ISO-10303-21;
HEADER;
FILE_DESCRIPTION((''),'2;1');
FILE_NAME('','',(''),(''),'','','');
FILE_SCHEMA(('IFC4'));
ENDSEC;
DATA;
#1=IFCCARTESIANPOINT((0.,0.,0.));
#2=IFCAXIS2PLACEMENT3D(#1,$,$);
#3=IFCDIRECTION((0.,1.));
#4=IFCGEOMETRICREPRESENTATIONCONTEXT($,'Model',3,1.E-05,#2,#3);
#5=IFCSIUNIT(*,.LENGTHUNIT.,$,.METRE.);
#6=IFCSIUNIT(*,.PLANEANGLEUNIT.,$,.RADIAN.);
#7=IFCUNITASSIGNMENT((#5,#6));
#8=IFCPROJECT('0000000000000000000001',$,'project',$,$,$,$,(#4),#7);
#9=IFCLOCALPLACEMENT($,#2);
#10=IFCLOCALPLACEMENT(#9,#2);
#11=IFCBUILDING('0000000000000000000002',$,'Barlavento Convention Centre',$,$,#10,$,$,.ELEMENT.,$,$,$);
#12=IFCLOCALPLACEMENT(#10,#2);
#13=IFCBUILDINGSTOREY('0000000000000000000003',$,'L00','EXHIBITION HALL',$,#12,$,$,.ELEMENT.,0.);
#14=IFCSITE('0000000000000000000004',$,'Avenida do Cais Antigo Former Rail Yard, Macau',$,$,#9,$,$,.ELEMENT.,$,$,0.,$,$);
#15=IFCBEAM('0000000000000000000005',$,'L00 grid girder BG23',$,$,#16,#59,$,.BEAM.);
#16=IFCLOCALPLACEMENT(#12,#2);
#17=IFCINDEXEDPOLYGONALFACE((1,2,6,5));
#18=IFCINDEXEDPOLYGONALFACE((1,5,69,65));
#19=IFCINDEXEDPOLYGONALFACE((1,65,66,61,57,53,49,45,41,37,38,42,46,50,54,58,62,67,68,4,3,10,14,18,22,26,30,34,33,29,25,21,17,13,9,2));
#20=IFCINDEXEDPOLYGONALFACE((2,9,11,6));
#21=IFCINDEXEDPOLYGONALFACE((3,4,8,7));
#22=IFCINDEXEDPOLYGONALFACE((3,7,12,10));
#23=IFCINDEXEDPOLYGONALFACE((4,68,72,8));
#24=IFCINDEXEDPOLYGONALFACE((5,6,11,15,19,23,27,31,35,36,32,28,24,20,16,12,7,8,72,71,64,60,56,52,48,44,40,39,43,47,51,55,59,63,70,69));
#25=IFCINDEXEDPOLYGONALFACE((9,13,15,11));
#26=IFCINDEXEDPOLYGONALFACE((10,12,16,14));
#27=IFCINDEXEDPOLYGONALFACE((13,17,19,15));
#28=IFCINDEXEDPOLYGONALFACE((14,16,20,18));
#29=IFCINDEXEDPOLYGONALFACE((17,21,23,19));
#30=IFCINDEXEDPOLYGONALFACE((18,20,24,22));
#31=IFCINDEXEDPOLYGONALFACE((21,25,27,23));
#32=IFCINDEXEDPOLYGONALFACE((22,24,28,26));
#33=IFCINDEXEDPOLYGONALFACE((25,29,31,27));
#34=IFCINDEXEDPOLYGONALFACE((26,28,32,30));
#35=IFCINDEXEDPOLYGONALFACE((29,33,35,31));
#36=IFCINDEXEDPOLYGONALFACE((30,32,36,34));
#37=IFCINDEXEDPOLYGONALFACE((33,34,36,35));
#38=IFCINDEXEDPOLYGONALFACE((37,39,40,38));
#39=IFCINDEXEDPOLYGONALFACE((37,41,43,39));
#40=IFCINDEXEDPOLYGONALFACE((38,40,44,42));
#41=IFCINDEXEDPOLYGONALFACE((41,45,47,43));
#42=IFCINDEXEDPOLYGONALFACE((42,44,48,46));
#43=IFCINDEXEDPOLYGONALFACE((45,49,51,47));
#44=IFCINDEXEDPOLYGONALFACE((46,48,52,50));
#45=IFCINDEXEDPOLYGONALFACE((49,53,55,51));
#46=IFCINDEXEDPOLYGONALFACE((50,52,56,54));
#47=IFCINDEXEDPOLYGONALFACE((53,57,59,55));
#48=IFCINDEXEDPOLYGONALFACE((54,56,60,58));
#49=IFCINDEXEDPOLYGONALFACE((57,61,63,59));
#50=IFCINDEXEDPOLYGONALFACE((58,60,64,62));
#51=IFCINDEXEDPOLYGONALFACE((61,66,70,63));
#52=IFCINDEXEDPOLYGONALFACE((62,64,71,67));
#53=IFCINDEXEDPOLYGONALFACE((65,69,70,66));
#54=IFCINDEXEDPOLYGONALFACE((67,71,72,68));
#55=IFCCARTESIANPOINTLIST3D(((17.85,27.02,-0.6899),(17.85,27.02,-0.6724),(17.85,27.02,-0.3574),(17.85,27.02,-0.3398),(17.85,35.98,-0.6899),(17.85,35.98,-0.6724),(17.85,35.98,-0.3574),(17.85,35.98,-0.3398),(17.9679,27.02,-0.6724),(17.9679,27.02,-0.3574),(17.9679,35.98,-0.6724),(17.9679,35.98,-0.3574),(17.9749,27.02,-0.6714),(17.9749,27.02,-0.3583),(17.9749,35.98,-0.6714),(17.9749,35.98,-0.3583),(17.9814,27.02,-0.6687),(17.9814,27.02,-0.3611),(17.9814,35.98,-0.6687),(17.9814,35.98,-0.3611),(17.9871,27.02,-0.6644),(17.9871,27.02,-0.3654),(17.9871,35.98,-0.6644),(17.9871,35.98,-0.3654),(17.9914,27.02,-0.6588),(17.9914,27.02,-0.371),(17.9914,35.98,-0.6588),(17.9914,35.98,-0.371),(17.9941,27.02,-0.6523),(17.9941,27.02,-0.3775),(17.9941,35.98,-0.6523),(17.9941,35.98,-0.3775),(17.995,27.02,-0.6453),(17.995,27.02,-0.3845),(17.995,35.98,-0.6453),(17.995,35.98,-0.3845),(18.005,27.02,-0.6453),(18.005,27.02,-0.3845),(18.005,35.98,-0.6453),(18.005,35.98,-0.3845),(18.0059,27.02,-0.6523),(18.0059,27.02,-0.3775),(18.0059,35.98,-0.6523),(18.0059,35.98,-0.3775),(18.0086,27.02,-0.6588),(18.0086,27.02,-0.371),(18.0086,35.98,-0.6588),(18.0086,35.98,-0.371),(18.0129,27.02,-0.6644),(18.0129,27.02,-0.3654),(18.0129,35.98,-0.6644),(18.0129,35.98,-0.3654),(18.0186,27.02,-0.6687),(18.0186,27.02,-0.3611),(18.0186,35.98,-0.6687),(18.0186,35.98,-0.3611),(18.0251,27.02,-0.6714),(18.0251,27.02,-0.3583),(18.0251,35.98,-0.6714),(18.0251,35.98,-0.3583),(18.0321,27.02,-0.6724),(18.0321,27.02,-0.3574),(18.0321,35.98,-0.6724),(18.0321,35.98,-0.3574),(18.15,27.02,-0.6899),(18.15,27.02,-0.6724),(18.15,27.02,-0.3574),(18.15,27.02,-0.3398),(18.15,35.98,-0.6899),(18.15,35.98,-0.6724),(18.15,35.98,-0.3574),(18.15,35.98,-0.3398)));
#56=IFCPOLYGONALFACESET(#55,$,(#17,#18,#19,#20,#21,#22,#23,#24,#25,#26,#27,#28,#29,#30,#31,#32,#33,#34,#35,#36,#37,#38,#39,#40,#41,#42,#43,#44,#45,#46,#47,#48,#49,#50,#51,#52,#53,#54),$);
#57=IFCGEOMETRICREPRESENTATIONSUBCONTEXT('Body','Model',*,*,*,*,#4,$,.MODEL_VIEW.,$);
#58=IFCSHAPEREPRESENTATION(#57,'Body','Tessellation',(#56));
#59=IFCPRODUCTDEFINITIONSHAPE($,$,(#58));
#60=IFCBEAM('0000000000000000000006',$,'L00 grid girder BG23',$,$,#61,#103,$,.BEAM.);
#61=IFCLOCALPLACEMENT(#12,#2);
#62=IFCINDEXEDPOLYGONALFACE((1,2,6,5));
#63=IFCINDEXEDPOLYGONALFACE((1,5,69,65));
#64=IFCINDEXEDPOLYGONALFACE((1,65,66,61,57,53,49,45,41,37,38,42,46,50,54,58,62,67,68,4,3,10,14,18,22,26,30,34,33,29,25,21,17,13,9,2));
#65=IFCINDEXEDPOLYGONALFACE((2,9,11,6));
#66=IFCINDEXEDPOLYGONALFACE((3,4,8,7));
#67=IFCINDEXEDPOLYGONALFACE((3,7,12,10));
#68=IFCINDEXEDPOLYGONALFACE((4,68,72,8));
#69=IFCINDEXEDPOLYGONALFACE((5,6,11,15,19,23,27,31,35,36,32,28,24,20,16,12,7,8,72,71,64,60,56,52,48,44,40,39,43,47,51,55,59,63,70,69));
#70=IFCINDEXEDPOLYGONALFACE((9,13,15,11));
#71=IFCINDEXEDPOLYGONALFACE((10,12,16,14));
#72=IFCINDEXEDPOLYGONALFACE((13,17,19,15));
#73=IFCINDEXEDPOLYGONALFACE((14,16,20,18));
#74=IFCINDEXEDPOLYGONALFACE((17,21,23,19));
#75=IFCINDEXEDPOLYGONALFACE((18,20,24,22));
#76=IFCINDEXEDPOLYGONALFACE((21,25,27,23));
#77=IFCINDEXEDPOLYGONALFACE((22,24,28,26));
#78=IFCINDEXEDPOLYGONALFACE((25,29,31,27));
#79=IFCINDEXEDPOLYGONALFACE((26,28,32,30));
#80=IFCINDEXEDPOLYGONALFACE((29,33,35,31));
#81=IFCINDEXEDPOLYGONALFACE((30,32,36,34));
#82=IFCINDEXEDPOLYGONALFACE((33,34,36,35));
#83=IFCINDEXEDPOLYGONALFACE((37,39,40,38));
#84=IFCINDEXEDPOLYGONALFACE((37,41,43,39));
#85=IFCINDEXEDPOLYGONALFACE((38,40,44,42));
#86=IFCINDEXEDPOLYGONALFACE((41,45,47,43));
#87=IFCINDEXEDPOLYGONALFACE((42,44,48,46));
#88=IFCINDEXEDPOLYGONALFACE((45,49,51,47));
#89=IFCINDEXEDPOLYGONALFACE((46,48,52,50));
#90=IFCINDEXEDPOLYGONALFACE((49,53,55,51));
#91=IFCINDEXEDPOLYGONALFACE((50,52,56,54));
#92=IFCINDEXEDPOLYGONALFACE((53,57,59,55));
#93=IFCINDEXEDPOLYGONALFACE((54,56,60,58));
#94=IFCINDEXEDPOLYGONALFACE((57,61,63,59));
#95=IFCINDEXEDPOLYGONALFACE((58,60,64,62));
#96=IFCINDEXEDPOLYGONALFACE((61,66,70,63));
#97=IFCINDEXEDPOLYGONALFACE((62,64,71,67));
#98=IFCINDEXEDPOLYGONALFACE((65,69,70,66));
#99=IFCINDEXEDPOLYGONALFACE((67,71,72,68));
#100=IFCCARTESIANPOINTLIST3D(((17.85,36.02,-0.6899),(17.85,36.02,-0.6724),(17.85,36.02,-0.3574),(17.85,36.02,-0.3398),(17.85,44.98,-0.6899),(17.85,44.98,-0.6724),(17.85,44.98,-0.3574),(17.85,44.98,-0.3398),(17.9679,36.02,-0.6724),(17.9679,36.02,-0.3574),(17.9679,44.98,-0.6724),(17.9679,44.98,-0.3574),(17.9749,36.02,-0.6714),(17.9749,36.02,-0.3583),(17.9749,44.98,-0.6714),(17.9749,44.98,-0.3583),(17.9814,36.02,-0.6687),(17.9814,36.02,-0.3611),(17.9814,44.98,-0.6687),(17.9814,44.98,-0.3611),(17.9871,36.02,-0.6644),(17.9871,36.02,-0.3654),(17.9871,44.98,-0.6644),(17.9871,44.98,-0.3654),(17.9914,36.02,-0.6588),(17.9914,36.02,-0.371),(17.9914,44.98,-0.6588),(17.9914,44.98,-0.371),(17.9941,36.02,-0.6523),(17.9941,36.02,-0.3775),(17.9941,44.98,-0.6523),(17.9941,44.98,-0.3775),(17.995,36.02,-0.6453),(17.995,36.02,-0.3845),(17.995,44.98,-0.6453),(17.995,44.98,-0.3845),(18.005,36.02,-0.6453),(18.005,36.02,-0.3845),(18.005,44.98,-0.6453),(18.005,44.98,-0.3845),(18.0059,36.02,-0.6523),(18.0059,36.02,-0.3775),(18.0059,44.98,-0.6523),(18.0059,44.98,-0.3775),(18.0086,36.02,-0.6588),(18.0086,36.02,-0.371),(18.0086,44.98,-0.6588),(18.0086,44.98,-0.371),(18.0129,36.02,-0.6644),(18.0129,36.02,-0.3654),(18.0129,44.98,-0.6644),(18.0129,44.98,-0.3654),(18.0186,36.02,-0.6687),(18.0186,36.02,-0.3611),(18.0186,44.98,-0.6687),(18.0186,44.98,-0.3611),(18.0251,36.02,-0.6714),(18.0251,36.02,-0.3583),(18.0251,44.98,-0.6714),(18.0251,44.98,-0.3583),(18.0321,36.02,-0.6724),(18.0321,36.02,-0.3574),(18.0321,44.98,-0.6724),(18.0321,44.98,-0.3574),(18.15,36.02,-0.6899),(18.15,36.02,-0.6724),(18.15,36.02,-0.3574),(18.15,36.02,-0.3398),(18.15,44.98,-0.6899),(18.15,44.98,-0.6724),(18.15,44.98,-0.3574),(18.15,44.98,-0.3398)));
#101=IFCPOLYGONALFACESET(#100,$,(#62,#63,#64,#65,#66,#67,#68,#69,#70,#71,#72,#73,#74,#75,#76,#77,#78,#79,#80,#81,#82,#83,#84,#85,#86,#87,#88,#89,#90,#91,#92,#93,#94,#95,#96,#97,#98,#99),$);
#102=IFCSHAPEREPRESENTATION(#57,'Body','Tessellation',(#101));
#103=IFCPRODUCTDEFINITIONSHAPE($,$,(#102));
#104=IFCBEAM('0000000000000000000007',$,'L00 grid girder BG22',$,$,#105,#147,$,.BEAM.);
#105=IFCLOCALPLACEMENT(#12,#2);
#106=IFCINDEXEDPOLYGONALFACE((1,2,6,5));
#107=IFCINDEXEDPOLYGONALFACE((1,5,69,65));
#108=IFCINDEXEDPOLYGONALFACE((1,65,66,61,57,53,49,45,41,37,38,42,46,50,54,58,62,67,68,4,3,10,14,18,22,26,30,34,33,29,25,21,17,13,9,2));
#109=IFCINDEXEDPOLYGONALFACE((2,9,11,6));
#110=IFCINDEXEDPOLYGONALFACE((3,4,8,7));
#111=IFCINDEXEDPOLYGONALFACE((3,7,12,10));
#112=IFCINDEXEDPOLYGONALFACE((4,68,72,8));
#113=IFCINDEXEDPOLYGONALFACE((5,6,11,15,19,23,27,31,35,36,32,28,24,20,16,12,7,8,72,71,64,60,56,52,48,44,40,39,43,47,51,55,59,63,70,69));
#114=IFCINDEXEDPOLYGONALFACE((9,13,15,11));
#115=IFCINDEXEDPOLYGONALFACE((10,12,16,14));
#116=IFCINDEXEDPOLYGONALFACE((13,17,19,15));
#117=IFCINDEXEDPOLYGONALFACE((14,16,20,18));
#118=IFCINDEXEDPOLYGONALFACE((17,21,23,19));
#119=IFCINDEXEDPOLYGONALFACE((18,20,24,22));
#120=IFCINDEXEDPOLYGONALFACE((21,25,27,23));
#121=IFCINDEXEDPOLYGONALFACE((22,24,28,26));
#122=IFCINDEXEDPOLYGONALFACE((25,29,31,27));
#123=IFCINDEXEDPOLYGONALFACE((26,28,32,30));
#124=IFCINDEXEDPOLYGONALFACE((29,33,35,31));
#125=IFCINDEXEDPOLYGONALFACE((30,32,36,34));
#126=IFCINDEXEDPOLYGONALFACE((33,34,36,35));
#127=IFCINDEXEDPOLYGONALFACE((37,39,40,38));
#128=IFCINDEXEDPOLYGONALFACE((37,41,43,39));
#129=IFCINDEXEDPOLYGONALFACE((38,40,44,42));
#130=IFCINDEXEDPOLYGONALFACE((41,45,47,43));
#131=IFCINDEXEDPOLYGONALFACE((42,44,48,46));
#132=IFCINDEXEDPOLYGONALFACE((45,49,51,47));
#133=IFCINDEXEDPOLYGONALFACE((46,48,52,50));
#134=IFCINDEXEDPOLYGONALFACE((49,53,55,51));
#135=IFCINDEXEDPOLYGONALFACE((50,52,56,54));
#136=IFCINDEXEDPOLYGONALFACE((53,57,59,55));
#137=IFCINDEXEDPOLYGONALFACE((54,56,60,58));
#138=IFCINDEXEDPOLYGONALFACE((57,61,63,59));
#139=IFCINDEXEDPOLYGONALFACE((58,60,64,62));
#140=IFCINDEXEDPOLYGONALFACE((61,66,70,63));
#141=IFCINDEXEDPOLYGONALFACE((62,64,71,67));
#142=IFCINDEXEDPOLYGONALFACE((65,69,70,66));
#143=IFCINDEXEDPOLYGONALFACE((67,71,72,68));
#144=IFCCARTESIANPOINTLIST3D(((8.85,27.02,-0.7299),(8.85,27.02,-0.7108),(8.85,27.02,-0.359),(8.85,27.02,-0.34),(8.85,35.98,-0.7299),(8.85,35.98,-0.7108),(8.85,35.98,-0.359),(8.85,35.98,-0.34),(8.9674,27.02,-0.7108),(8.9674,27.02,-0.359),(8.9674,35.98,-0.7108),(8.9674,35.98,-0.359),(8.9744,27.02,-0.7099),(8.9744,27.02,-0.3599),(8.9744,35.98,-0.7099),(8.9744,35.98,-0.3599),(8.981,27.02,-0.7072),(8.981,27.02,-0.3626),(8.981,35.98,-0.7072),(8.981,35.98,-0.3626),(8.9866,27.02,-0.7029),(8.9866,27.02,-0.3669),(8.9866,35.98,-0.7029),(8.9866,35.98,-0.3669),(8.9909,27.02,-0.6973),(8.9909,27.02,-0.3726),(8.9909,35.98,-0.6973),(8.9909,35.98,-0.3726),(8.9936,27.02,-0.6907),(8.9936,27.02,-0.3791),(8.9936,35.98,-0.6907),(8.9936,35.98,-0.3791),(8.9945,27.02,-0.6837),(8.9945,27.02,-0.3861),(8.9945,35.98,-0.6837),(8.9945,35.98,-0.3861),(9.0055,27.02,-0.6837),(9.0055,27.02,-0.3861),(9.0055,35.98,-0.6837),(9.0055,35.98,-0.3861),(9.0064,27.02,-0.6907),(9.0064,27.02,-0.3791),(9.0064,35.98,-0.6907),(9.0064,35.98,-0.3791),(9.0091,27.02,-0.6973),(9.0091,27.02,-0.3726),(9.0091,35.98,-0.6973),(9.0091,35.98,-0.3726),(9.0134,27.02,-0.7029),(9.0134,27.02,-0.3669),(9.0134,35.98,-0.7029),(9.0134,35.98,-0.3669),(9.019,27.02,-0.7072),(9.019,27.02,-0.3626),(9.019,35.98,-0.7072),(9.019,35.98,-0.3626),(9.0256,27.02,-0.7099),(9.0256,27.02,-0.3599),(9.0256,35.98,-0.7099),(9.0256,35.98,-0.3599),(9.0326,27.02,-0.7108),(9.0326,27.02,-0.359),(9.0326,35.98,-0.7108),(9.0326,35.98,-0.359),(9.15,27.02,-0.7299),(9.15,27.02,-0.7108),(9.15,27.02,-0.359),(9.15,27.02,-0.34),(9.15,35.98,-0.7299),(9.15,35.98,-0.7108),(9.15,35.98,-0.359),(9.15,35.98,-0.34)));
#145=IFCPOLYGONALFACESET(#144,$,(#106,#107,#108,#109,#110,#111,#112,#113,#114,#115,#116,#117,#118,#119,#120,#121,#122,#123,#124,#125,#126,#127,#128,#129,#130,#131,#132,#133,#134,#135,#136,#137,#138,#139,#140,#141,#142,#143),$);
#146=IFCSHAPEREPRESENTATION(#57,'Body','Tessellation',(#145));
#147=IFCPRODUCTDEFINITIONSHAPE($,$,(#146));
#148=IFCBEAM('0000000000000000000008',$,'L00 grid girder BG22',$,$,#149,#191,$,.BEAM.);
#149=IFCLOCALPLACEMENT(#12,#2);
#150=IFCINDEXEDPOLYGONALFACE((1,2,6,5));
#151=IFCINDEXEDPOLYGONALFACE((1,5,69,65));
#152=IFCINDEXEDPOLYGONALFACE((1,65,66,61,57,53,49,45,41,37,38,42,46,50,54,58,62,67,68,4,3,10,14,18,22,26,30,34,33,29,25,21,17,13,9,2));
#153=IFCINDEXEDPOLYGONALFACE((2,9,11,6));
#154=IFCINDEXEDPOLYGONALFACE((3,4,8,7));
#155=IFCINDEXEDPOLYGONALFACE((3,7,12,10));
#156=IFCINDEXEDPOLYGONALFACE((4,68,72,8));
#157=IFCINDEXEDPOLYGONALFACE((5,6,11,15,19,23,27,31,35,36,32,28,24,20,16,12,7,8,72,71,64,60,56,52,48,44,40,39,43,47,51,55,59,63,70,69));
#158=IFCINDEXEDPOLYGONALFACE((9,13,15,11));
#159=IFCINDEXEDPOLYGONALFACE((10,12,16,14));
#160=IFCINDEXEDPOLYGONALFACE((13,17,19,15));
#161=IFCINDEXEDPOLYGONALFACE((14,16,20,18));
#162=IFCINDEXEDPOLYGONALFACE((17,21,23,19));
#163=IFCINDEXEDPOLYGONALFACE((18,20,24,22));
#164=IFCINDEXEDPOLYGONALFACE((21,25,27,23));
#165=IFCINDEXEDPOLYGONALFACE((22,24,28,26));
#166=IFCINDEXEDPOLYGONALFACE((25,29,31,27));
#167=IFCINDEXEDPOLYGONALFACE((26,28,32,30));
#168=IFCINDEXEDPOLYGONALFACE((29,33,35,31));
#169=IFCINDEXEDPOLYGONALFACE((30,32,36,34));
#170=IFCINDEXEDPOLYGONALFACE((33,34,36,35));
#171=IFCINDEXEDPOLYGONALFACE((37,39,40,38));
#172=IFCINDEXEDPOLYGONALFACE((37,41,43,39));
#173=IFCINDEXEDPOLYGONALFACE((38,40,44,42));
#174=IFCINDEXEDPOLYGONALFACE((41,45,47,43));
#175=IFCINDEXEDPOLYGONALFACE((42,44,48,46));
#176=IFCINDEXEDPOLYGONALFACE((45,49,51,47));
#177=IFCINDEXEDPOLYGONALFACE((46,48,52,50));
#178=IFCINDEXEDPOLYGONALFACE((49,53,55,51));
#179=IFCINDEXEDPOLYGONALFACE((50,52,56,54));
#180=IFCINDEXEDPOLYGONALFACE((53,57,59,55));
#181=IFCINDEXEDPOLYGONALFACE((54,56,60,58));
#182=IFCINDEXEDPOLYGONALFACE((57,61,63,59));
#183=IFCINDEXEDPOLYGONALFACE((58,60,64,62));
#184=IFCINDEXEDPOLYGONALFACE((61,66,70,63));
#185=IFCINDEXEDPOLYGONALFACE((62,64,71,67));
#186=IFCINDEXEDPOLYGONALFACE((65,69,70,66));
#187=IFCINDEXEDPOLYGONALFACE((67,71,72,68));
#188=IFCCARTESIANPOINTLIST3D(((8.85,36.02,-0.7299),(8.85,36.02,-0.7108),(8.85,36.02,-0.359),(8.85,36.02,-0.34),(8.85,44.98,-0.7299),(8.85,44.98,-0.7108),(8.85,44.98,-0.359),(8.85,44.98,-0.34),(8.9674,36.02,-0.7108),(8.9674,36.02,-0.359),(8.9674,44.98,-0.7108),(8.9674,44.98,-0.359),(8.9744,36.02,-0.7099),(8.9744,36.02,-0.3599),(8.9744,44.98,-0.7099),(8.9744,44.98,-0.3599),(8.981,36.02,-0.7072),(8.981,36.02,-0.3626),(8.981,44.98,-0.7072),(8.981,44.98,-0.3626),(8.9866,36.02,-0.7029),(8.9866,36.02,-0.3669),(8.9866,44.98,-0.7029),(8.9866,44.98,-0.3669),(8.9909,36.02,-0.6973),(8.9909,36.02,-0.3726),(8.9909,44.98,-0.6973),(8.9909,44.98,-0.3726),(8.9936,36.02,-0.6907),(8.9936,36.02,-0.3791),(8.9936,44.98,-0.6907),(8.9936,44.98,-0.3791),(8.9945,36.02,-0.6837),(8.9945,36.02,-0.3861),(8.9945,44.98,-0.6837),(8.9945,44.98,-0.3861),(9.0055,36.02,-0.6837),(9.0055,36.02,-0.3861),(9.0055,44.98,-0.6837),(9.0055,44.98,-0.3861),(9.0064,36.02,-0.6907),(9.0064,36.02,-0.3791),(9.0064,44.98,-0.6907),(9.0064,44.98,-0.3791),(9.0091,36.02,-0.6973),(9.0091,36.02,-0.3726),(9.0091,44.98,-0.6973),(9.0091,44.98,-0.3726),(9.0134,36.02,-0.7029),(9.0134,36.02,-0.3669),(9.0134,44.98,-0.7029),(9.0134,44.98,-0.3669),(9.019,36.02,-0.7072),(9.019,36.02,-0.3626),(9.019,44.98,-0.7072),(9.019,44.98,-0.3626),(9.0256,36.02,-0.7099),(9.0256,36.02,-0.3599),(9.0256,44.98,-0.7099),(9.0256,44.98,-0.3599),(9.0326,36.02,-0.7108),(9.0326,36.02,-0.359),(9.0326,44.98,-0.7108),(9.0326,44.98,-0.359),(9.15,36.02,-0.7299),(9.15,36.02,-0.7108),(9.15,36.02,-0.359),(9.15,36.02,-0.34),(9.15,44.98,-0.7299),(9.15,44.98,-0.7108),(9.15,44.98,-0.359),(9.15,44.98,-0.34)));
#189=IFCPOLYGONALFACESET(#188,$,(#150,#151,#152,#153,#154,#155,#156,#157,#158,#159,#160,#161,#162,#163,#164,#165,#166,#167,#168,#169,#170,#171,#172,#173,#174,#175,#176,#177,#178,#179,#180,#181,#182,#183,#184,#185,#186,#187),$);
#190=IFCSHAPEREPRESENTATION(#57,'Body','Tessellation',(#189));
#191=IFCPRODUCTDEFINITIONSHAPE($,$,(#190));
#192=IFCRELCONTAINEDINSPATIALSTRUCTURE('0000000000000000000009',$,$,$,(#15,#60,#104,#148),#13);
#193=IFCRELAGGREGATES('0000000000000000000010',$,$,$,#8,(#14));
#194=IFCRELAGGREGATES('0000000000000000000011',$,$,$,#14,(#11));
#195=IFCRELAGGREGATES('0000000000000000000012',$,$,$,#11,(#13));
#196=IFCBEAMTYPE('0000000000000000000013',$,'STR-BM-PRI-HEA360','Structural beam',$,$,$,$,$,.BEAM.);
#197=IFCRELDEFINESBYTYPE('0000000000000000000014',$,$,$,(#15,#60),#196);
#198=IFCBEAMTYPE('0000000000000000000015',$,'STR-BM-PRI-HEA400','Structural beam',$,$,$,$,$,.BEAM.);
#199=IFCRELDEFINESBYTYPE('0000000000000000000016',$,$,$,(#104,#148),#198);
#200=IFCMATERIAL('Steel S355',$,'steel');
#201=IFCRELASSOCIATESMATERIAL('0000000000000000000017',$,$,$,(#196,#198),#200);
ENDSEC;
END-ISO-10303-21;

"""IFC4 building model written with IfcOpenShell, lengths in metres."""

from ifc_helpers import new_model, si_unit, direction, frame, origin, origin_2d, place, context, subcontext, project, spatial, i_section, extrude, material, material_profile, profile_set, type_object, element, save


model = new_model("IFC4")

# Units and contexts
model_context = context("Model", 3, precision=1e-05, world=origin(), true_north=direction((0.0, 1.0)))
body_context = subcontext(model_context, "Body", "Model", "MODEL_VIEW")
ifc_project = project(units=[si_unit("LENGTHUNIT", "METRE"), si_unit("PLANEANGLEUNIT", "RADIAN")], contexts=[model_context])

# Site, building, storey
site_placement = place(None, origin())
site = spatial("IfcSite", under=ifc_project, at=site_placement, Name="Avenida do Cais Antigo Former Rail Yard, Macau", CompositionType="ELEMENT", RefElevation=0.0)
building_placement = place(site_placement, origin())
building = spatial("IfcBuilding", under=site, at=building_placement, Name="Barlavento Convention Centre", CompositionType="ELEMENT")
storey_placement = place(building_placement, origin())
storey = spatial("IfcBuildingStorey", under=building, at=storey_placement, Name="L00", Description="EXHIBITION HALL", CompositionType="ELEMENT", Elevation=0.0)

# Beams
ifc_material_1 = material(Name="Steel S355", Category="steel")
ifc_material_profile_1 = material_profile(ifc_material_1, i_section(OverallWidth=0.3, OverallDepth=0.3501, WebThickness=0.01, FlangeThickness=0.0176, FilletRadius=0.0271, at=origin_2d()), Name="HEA 360")
ifc_profile_set_1 = profile_set([ifc_material_profile_1], Name="Steel S355")
beam_type_1 = type_object("IfcBeamType", Name="STR-BM-PRI-HEA360", Description="Structural beam", PredefinedType="BEAM", material=ifc_profile_set_1)
for number, where, z_axis, x_axis, name in (
    (1, (18.0, 27.02, -0.5149), (0.0, 1.0, 0.0), (-1.0, 0.0, 0.0), "L00 grid girder BG23"),
    (2, (18.0, 36.02, -0.5149), (0.0, 1.0, 0.0), (-1.0, 0.0, 0.0), "L00 grid girder BG23"),
):
    element("IfcBeam", number, at=place(storey_placement, frame(where, z_axis=z_axis, x_axis=x_axis)), inside=storey, type_object=beam_type_1, Name=name, PredefinedType="BEAM", context=body_context, shape_type="SweptSolid", body=[
        extrude(i_section(OverallWidth=0.3, OverallDepth=0.3501, WebThickness=0.01, FlangeThickness=0.0176, FilletRadius=0.0271, at=origin_2d()), origin(), (0.0, 0.0, 1.0), 8.96),
    ])
ifc_material_profile_2 = material_profile(ifc_material_1, i_section(OverallWidth=0.3, OverallDepth=0.3899, WebThickness=0.011, FlangeThickness=0.019, FilletRadius=0.0271, at=origin_2d()), Name="HEA 400")
ifc_profile_set_2 = profile_set([ifc_material_profile_2], Name="Steel S355")
beam_type_2 = type_object("IfcBeamType", Name="STR-BM-PRI-HEA400", Description="Structural beam", PredefinedType="BEAM", material=ifc_profile_set_2)
for number, where, z_axis, x_axis, name in (
    (3, (9.0, 27.02, -0.5349), (0.0, 1.0, 0.0), (-1.0, 0.0, 0.0), "L00 grid girder BG22"),
    (4, (9.0, 36.02, -0.5349), (0.0, 1.0, 0.0), (-1.0, 0.0, 0.0), "L00 grid girder BG22"),
):
    element("IfcBeam", number, at=place(storey_placement, frame(where, z_axis=z_axis, x_axis=x_axis)), inside=storey, type_object=beam_type_2, Name=name, PredefinedType="BEAM", context=body_context, shape_type="SweptSolid", body=[
        extrude(i_section(OverallWidth=0.3, OverallDepth=0.3899, WebThickness=0.011, FlangeThickness=0.019, FilletRadius=0.0271, at=origin_2d()), origin(), (0.0, 0.0, 1.0), 8.96),
    ])

save(model, "model.ifc")
